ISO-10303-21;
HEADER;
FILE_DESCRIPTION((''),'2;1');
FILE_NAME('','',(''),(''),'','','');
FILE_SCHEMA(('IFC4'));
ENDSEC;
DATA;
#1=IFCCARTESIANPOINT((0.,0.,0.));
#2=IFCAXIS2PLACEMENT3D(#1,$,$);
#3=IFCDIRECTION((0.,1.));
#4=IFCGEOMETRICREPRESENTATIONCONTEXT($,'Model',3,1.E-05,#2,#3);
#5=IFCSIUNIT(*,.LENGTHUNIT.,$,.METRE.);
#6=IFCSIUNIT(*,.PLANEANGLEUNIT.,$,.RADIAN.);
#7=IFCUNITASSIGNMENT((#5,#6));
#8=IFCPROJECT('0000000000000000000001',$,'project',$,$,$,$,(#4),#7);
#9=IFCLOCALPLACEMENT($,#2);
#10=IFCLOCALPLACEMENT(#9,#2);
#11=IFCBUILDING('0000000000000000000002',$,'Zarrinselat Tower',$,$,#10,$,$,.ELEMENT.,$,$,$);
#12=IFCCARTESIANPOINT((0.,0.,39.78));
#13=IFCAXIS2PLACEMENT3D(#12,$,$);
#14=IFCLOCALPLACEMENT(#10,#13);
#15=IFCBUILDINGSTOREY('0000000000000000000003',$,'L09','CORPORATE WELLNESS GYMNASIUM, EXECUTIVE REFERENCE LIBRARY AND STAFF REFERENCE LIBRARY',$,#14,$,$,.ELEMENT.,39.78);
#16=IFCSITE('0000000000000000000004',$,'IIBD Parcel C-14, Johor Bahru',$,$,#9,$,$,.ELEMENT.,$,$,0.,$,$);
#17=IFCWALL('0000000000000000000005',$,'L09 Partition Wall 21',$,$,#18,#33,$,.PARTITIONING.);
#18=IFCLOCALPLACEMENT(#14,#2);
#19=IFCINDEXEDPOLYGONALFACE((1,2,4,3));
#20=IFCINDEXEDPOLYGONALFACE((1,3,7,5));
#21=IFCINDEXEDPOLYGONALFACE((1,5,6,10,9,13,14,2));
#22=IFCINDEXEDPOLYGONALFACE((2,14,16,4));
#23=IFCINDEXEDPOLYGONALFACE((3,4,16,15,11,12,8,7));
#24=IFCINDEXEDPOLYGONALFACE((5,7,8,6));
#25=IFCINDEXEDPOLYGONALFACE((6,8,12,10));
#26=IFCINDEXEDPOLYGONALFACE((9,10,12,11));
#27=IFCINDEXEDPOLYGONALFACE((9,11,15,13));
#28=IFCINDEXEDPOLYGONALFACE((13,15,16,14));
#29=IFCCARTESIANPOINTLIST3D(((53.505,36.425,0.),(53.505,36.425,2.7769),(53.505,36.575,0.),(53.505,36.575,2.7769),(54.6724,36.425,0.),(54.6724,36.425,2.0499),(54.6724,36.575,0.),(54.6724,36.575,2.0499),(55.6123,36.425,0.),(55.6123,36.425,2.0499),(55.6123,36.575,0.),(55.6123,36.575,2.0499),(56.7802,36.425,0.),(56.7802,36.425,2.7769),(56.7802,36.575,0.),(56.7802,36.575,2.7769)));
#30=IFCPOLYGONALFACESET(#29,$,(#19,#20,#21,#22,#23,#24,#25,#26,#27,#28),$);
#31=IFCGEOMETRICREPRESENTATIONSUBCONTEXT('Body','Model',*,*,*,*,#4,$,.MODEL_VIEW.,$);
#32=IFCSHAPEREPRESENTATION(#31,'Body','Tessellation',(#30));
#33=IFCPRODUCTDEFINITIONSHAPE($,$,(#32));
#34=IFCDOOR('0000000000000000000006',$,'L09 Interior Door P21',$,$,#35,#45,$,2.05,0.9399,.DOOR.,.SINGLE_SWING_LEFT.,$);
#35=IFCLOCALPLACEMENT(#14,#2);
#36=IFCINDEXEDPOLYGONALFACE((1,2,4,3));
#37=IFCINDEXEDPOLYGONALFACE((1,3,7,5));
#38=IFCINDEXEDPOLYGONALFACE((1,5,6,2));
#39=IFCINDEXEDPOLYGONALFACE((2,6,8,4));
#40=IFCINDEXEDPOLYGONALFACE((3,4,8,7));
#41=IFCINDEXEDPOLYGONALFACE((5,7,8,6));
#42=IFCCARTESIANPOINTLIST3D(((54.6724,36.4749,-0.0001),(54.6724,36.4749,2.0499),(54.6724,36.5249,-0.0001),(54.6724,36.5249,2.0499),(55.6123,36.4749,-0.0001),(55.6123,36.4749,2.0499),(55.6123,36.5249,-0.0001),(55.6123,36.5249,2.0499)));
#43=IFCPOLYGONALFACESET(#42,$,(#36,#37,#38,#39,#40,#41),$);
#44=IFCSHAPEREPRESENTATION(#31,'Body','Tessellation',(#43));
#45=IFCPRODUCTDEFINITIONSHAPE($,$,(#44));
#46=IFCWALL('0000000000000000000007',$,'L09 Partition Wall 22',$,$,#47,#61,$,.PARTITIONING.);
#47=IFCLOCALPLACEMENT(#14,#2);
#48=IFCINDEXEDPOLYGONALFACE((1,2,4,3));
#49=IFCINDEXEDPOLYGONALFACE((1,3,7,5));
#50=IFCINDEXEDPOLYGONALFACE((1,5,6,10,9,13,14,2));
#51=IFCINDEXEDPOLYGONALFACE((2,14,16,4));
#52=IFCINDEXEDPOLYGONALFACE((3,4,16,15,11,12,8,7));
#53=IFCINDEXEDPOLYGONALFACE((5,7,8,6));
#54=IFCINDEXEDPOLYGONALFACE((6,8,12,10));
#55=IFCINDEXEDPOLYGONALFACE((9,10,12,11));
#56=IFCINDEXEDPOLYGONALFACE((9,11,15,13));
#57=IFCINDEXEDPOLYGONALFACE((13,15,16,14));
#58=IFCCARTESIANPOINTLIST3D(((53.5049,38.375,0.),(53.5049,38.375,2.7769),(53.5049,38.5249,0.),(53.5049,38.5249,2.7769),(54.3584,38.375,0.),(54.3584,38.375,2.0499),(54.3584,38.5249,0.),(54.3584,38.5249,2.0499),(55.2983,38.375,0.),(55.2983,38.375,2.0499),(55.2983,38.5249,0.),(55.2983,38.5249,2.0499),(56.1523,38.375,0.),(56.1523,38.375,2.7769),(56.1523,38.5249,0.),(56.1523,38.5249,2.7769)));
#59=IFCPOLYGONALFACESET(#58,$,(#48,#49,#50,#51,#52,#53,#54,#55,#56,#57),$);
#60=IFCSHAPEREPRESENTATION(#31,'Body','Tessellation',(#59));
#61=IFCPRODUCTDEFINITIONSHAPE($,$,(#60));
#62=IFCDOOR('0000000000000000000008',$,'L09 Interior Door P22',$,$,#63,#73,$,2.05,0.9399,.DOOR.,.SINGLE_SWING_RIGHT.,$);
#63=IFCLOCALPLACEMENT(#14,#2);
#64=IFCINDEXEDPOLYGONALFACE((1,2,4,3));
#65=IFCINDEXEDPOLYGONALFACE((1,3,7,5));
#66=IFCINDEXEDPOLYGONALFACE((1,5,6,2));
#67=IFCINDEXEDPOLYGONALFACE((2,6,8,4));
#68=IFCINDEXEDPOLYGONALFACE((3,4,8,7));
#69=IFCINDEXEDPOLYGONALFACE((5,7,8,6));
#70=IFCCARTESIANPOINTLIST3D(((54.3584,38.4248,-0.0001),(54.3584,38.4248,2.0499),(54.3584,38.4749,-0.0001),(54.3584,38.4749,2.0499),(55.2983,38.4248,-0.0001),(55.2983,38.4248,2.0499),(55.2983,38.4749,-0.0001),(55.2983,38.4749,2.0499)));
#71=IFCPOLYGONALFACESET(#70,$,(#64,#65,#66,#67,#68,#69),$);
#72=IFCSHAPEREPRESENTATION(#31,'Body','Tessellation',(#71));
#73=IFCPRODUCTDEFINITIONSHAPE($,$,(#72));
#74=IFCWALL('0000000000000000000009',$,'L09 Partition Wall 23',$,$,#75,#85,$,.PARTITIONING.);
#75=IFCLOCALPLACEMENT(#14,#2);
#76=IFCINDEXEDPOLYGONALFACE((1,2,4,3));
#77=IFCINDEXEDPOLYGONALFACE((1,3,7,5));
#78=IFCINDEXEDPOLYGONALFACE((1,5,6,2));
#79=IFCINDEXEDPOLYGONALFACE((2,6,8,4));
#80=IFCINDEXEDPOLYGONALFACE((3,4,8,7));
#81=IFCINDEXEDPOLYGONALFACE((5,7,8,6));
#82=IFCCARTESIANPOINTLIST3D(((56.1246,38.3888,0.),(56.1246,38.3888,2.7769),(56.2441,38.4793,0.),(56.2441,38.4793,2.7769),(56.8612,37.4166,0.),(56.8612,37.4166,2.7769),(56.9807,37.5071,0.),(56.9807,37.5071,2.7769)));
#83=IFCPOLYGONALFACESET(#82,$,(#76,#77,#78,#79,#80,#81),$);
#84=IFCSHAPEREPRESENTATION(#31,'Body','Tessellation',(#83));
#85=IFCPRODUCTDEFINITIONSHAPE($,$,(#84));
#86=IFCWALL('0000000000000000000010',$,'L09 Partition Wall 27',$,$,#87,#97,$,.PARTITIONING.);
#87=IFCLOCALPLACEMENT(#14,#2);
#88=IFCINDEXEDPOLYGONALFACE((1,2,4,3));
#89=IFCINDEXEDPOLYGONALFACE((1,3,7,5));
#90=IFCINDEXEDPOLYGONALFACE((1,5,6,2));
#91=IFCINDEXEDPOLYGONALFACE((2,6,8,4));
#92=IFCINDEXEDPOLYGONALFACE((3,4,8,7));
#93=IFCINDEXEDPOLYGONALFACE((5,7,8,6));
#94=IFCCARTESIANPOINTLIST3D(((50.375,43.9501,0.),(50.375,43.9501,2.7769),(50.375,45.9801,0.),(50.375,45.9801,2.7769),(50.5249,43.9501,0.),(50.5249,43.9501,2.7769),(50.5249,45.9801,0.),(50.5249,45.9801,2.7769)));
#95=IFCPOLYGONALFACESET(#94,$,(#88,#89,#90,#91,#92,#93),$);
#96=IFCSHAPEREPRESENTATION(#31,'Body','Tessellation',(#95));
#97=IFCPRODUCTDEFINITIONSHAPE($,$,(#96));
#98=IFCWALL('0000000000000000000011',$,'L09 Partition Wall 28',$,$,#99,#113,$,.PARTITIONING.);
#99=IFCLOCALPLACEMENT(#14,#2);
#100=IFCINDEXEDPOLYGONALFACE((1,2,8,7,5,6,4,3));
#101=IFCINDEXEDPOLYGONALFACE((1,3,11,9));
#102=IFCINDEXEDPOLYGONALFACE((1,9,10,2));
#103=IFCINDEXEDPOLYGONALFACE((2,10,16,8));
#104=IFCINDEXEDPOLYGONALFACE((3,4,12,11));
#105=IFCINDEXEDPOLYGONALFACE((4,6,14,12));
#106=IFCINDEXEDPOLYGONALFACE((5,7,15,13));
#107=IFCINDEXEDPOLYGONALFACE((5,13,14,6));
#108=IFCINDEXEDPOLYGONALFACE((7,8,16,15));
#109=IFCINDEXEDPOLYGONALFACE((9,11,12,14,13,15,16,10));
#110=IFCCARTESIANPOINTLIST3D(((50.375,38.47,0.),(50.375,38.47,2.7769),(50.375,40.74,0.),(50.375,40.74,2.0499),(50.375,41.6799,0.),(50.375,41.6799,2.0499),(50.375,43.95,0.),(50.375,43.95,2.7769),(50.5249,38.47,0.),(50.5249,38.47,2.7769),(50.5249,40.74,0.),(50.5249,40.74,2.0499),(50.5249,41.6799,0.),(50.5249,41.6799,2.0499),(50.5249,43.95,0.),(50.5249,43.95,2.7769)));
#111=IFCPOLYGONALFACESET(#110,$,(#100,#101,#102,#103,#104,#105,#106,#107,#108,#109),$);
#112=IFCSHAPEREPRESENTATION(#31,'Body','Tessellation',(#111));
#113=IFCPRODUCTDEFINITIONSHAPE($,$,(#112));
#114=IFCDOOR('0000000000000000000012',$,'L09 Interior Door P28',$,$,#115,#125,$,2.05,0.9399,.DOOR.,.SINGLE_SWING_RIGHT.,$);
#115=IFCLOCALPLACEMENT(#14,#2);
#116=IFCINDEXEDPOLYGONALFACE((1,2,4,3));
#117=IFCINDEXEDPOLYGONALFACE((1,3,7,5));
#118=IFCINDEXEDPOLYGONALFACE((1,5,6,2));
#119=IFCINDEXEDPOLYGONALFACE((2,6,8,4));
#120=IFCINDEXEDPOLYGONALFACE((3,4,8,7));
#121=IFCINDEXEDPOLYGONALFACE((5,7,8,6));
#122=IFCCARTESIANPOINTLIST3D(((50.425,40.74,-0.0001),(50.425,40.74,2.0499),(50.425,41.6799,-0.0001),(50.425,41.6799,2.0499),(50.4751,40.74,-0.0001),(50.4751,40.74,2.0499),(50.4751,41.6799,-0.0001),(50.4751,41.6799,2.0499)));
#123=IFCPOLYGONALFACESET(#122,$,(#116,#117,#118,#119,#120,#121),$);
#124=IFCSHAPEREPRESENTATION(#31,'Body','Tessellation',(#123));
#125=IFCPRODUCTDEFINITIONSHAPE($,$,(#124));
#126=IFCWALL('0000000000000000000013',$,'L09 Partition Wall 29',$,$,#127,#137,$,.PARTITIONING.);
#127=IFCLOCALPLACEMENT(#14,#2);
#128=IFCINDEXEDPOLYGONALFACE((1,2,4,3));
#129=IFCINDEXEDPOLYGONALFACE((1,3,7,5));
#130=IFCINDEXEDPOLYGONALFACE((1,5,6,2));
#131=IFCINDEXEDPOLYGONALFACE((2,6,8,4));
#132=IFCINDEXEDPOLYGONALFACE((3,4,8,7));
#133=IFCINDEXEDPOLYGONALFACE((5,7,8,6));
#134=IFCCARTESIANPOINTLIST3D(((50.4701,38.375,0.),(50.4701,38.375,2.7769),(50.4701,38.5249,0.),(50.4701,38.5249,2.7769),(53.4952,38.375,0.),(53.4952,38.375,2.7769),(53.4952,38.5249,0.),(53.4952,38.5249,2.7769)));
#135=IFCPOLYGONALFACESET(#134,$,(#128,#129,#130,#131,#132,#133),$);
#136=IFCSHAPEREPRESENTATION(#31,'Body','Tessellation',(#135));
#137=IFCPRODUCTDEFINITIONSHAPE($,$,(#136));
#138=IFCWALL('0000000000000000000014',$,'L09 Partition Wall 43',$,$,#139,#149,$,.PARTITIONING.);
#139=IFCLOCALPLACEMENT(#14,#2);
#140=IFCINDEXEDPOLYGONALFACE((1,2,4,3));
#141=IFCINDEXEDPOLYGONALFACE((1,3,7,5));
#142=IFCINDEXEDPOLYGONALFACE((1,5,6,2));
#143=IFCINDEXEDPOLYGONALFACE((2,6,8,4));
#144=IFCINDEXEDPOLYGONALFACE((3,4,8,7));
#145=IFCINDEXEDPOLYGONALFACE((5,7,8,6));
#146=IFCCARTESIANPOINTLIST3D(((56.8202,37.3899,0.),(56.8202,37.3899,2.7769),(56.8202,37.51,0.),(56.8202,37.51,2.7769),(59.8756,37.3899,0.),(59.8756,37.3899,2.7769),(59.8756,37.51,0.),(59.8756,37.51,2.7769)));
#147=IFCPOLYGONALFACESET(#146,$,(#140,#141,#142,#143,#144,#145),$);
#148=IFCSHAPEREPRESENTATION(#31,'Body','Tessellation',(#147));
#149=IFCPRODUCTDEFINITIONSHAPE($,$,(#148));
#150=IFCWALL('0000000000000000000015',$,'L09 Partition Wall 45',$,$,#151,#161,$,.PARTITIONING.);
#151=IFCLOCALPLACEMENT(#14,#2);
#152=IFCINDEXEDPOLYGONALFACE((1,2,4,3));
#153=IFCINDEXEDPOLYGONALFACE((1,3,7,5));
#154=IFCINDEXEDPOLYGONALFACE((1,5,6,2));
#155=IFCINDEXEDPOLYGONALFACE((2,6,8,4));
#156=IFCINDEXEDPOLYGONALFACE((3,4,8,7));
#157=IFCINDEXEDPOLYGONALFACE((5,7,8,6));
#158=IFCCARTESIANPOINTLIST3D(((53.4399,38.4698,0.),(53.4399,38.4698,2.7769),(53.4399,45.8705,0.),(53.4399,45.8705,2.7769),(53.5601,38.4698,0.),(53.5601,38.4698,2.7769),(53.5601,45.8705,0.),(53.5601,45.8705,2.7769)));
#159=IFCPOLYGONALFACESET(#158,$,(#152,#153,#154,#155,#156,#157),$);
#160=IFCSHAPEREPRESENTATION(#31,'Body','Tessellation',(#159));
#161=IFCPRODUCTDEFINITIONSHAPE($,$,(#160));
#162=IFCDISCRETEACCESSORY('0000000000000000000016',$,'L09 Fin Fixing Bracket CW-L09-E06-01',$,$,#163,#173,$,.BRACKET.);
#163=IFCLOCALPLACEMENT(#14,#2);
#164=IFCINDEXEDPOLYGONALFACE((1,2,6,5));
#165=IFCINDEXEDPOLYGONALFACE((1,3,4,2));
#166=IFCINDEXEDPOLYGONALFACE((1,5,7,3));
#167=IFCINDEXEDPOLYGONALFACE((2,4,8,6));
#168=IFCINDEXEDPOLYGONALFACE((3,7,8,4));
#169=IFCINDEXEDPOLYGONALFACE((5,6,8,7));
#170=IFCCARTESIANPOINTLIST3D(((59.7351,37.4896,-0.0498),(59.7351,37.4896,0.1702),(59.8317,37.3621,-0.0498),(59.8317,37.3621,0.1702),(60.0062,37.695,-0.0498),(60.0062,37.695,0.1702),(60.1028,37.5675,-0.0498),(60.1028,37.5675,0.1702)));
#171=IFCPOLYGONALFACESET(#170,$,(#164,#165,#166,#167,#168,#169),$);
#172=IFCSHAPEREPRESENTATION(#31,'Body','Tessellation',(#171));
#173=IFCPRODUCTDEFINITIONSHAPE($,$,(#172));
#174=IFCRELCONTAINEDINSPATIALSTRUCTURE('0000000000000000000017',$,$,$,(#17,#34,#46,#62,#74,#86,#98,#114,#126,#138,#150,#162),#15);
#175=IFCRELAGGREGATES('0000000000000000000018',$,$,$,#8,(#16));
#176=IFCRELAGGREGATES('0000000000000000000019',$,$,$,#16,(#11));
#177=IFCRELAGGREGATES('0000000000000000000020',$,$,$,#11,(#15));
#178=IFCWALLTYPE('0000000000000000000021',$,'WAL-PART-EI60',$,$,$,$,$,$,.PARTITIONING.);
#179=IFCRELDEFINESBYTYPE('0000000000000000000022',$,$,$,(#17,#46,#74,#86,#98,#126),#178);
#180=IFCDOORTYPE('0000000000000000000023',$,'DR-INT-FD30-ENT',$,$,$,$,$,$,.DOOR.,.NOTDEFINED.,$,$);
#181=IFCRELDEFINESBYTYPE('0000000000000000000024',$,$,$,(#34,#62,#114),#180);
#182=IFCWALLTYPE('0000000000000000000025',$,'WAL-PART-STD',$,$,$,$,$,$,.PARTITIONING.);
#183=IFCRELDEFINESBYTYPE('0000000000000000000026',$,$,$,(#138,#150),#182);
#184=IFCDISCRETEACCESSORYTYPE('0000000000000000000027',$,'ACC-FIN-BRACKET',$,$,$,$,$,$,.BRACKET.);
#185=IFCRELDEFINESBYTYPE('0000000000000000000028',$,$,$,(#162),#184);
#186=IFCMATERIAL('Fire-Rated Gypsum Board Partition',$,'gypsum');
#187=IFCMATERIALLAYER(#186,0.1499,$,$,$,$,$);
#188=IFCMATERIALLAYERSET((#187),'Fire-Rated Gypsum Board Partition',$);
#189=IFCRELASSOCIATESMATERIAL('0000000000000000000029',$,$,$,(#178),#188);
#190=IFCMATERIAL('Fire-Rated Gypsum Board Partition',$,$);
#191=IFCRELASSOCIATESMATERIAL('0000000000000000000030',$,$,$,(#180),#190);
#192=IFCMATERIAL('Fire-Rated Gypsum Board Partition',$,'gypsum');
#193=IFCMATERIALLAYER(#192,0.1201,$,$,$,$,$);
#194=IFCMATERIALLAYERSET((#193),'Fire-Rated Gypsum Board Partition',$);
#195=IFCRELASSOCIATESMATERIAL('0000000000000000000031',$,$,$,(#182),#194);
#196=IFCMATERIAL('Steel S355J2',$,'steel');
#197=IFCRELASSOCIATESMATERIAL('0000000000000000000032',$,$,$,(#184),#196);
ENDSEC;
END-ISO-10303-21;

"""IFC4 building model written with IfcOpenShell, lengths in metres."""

from ifc_helpers import new_model, si_unit, direction, frame, frame_2d, origin, origin_2d, place, context, subcontext, project, spatial, rectangle, extrude, material, layer, layer_set, type_object, element, fill, save


model = new_model("IFC4")

# Units and contexts
model_context = context("Model", 3, precision=1e-05, world=origin(), true_north=direction((0.0, 1.0)))
body_context = subcontext(model_context, "Body", "Model", "MODEL_VIEW")
ifc_project = project(units=[si_unit("LENGTHUNIT", "METRE"), si_unit("PLANEANGLEUNIT", "RADIAN")], contexts=[model_context])

# Site, building, storey
site_placement = place(None, origin())
site = spatial("IfcSite", under=ifc_project, at=site_placement, Name="IIBD Parcel C-14, Johor Bahru", CompositionType="ELEMENT", RefElevation=0.0)
building_placement = place(site_placement, origin())
building = spatial("IfcBuilding", under=site, at=building_placement, Name="Zarrinselat Tower", CompositionType="ELEMENT")
storey_placement = place(building_placement, frame((0.0, 0.0, 39.78)))
storey = spatial("IfcBuildingStorey", under=building, at=storey_placement, Name="L09", Description="CORPORATE WELLNESS GYMNASIUM, EXECUTIVE REFERENCE LIBRARY AND STAFF REFERENCE LIBRARY", CompositionType="ELEMENT", Elevation=39.78)

# Shared definitions
ifc_material_1 = material(Name="Fire-Rated Gypsum Board Partition", Category="gypsum")
ifc_layer_1 = layer(ifc_material_1, 0.1499)
ifc_layer_set_1 = layer_set([ifc_layer_1], Name="Fire-Rated Gypsum Board Partition")
wall_type_1 = type_object("IfcWallType", Name="WAL-PART-EI60", PredefinedType="PARTITIONING", material=ifc_layer_set_1)

# Walls, openings, doors
wall_1_placement = place(storey_placement, frame((53.5049, 36.5, 0.0), z_axis=(0.0, 0.0, 1.0), x_axis=(1.0, 0.0, 0.0)))
wall_1 = element("IfcWall", 1, at=wall_1_placement, inside=storey, type_object=wall_type_1, Name="L09 Partition Wall 21", PredefinedType="PARTITIONING", context=body_context, shape_type="SweptSolid", body=[
    extrude(rectangle(XDim=3.2751, YDim=0.1499, at=frame_2d((1.6377, 0.0))), origin(), (0.0, 0.0, 1.0), 2.7769),
])
opening_1_placement = place(wall_1_placement, frame((1.1675, 0.0, 0.0)))
opening_1 = element("IfcOpeningElement", 2, at=opening_1_placement, cuts=wall_1, PredefinedType="OPENING", context=body_context, shape_type="SweptSolid", body=[
    extrude(rectangle(XDim=0.9399, YDim=2.05, at=frame_2d((0.47, 1.0249))), frame((0.0, 0.085, 0.0), z_axis=(0.0, -1.0, 0.0), x_axis=(1.0, 0.0, 0.0)), (0.0, 0.0, 1.0), 0.1699),
])
ifc_material_2 = material(Name="Fire-Rated Gypsum Board Partition")
door_type = type_object("IfcDoorType", Name="DR-INT-FD30-ENT", OperationType="NOTDEFINED", PredefinedType="DOOR", material=ifc_material_2)
door_1_placement = place(opening_1_placement, origin())
door_1 = element("IfcDoor", 3, at=door_1_placement, inside=storey, type_object=door_type, Name="L09 Interior Door P21", OperationType="SINGLE_SWING_LEFT", OverallHeight=2.05, OverallWidth=0.9399, PredefinedType="DOOR", context=body_context, shape_type="SweptSolid", body=[
    extrude(rectangle(XDim=0.9399, YDim=2.05, at=frame_2d((0.47, 1.0249))), frame((0.0, 0.0249, 0.0), z_axis=(0.0, -1.0, 0.0), x_axis=(1.0, 0.0, 0.0)), (0.0, 0.0, 1.0), 0.05),
])
fill(opening_1, door_1)
wall_2_placement = place(storey_placement, frame((53.5049, 38.45, 0.0), z_axis=(0.0, 0.0, 1.0), x_axis=(1.0, 0.0, 0.0)))
wall_2 = element("IfcWall", 4, at=wall_2_placement, inside=storey, type_object=wall_type_1, Name="L09 Partition Wall 22", PredefinedType="PARTITIONING", context=body_context, shape_type="SweptSolid", body=[
    extrude(rectangle(XDim=2.6475, YDim=0.1499, at=frame_2d((1.3237, 0.0))), origin(), (0.0, 0.0, 1.0), 2.7769),
])
opening_2_placement = place(wall_2_placement, frame((0.8535, 0.0, 0.0)))
opening_2 = element("IfcOpeningElement", 5, at=opening_2_placement, cuts=wall_2, PredefinedType="OPENING", context=body_context, shape_type="SweptSolid", body=[
    extrude(rectangle(XDim=0.9399, YDim=2.05, at=frame_2d((0.47, 1.0249))), frame((0.0, 0.085, 0.0), z_axis=(0.0, -1.0, 0.0), x_axis=(1.0, 0.0, 0.0)), (0.0, 0.0, 1.0), 0.1699),
])
door_2_placement = place(opening_2_placement, origin())
door_2 = element("IfcDoor", 6, at=door_2_placement, inside=storey, type_object=door_type, Name="L09 Interior Door P22", OperationType="SINGLE_SWING_RIGHT", OverallHeight=2.05, OverallWidth=0.9399, PredefinedType="DOOR", context=body_context, shape_type="SweptSolid", body=[
    extrude(rectangle(XDim=0.9399, YDim=2.05, at=frame_2d((0.47, 1.0249))), frame((0.0, 0.0249, 0.0), z_axis=(0.0, -1.0, 0.0), x_axis=(1.0, 0.0, 0.0)), (0.0, 0.0, 1.0), 0.05),
])
fill(opening_2, door_2)

# Walls
wall_3_placement = place(storey_placement, frame((56.1843, 38.4341, 0.0), z_axis=(0.0, 0.0, 1.0), x_axis=(0.6039, -0.79706, 0.0)))
element("IfcWall", 7, at=wall_3_placement, inside=storey, type_object=wall_type_1, Name="L09 Partition Wall 23", PredefinedType="PARTITIONING", context=body_context, shape_type="SweptSolid", body=[
    extrude(rectangle(XDim=1.2197, YDim=0.1499, at=frame_2d((0.6099, 0.0))), origin(), (0.0, 0.0, 1.0), 2.7769),
])
wall_4_placement = place(storey_placement, frame((50.45, 43.95, 0.0), z_axis=(0.0, 0.0, 1.0), x_axis=(0.0, 1.0, 0.0)))
element("IfcWall", 8, at=wall_4_placement, inside=storey, type_object=wall_type_1, Name="L09 Partition Wall 27", PredefinedType="PARTITIONING", context=body_context, shape_type="SweptSolid", body=[
    extrude(rectangle(XDim=2.03, YDim=0.1499, at=frame_2d((1.0151, 0.0))), origin(), (0.0, 0.0, 1.0), 2.7769),
])

# Wall, opening, door
wall_5_placement = place(storey_placement, frame((50.45, 38.47, 0.0), z_axis=(0.0, 0.0, 1.0), x_axis=(0.0, 1.0, 0.0)))
wall_5 = element("IfcWall", 9, at=wall_5_placement, inside=storey, type_object=wall_type_1, Name="L09 Partition Wall 28", PredefinedType="PARTITIONING", context=body_context, shape_type="SweptSolid", body=[
    extrude(rectangle(XDim=5.48, YDim=0.1499, at=frame_2d((2.74, 0.0))), origin(), (0.0, 0.0, 1.0), 2.7769),
])
opening_3_placement = place(wall_5_placement, frame((2.27, 0.0, 0.0)))
opening_3 = element("IfcOpeningElement", 10, at=opening_3_placement, cuts=wall_5, PredefinedType="OPENING", context=body_context, shape_type="SweptSolid", body=[
    extrude(rectangle(XDim=0.9399, YDim=2.05, at=frame_2d((0.47, 1.0249))), frame((0.0, 0.085, 0.0), z_axis=(0.0, -1.0, 0.0), x_axis=(1.0, 0.0, 0.0)), (0.0, 0.0, 1.0), 0.1699),
])
door_3_placement = place(opening_3_placement, origin())
door_3 = element("IfcDoor", 11, at=door_3_placement, inside=storey, type_object=door_type, Name="L09 Interior Door P28", OperationType="SINGLE_SWING_RIGHT", OverallHeight=2.05, OverallWidth=0.9399, PredefinedType="DOOR", context=body_context, shape_type="SweptSolid", body=[
    extrude(rectangle(XDim=0.9399, YDim=2.05, at=frame_2d((0.47, 1.0249))), frame((0.0, 0.0249, 0.0), z_axis=(0.0, -1.0, 0.0), x_axis=(1.0, 0.0, 0.0)), (0.0, 0.0, 1.0), 0.05),
])
fill(opening_3, door_3)

# Walls
wall_6_placement = place(storey_placement, frame((50.47, 38.45, 0.0), z_axis=(0.0, 0.0, 1.0), x_axis=(1.0, 0.0, 0.0)))
element("IfcWall", 12, at=wall_6_placement, inside=storey, type_object=wall_type_1, Name="L09 Partition Wall 29", PredefinedType="PARTITIONING", context=body_context, shape_type="SweptSolid", body=[
    extrude(rectangle(XDim=3.0251, YDim=0.1499, at=frame_2d((1.5127, 0.0))), origin(), (0.0, 0.0, 1.0), 2.7769),
])
ifc_material_3 = material(Name="Fire-Rated Gypsum Board Partition", Category="gypsum")
ifc_layer_2 = layer(ifc_material_3, 0.1201)
ifc_layer_set_2 = layer_set([ifc_layer_2], Name="Fire-Rated Gypsum Board Partition")
wall_type_2 = type_object("IfcWallType", Name="WAL-PART-STD", PredefinedType="PARTITIONING", material=ifc_layer_set_2)
wall_7_placement = place(storey_placement, frame((56.8201, 37.45, 0.0), z_axis=(0.0, 0.0, 1.0), x_axis=(1.0, 0.0, 0.0)))
element("IfcWall", 13, at=wall_7_placement, inside=storey, type_object=wall_type_2, Name="L09 Partition Wall 43", PredefinedType="PARTITIONING", context=body_context, shape_type="SweptSolid", body=[
    extrude(rectangle(XDim=3.0554, YDim=0.1201, at=frame_2d((1.5278, 0.0))), origin(), (0.0, 0.0, 1.0), 2.7769),
])
wall_8_placement = place(storey_placement, frame((53.5, 38.47, 0.0), z_axis=(0.0, 0.0, 1.0), x_axis=(0.0, 1.0, 0.0)))
element("IfcWall", 14, at=wall_8_placement, inside=storey, type_object=wall_type_2, Name="L09 Partition Wall 45", PredefinedType="PARTITIONING", context=body_context, shape_type="SweptSolid", body=[
    extrude(rectangle(XDim=7.4006, YDim=0.1201, at=frame_2d((3.7002, 0.0))), origin(), (0.0, 0.0, 1.0), 2.7769),
])

# Discrete accessory
ifc_material_4 = material(Name="Steel S355J2", Category="steel")
discrete_accessory_type = type_object("IfcDiscreteAccessoryType", Name="ACC-FIN-BRACKET", PredefinedType="BRACKET", material=ifc_material_4)
discrete_accessory_placement = place(storey_placement, frame((59.9189, 37.5286, -0.0498), z_axis=(0.0, 0.0, 1.0), x_axis=(0.797092, 0.603858, 0.0)))
element("IfcDiscreteAccessory", 15, at=discrete_accessory_placement, inside=storey, type_object=discrete_accessory_type, Name="L09 Fin Fixing Bracket CW-L09-E06-01", PredefinedType="BRACKET", context=body_context, shape_type="SweptSolid", body=[
    extrude(rectangle(XDim=0.3401, YDim=0.1599, at=origin_2d()), origin(), (0.0, 0.0, 1.0), 0.22),
])

save(model, "model.ifc")
